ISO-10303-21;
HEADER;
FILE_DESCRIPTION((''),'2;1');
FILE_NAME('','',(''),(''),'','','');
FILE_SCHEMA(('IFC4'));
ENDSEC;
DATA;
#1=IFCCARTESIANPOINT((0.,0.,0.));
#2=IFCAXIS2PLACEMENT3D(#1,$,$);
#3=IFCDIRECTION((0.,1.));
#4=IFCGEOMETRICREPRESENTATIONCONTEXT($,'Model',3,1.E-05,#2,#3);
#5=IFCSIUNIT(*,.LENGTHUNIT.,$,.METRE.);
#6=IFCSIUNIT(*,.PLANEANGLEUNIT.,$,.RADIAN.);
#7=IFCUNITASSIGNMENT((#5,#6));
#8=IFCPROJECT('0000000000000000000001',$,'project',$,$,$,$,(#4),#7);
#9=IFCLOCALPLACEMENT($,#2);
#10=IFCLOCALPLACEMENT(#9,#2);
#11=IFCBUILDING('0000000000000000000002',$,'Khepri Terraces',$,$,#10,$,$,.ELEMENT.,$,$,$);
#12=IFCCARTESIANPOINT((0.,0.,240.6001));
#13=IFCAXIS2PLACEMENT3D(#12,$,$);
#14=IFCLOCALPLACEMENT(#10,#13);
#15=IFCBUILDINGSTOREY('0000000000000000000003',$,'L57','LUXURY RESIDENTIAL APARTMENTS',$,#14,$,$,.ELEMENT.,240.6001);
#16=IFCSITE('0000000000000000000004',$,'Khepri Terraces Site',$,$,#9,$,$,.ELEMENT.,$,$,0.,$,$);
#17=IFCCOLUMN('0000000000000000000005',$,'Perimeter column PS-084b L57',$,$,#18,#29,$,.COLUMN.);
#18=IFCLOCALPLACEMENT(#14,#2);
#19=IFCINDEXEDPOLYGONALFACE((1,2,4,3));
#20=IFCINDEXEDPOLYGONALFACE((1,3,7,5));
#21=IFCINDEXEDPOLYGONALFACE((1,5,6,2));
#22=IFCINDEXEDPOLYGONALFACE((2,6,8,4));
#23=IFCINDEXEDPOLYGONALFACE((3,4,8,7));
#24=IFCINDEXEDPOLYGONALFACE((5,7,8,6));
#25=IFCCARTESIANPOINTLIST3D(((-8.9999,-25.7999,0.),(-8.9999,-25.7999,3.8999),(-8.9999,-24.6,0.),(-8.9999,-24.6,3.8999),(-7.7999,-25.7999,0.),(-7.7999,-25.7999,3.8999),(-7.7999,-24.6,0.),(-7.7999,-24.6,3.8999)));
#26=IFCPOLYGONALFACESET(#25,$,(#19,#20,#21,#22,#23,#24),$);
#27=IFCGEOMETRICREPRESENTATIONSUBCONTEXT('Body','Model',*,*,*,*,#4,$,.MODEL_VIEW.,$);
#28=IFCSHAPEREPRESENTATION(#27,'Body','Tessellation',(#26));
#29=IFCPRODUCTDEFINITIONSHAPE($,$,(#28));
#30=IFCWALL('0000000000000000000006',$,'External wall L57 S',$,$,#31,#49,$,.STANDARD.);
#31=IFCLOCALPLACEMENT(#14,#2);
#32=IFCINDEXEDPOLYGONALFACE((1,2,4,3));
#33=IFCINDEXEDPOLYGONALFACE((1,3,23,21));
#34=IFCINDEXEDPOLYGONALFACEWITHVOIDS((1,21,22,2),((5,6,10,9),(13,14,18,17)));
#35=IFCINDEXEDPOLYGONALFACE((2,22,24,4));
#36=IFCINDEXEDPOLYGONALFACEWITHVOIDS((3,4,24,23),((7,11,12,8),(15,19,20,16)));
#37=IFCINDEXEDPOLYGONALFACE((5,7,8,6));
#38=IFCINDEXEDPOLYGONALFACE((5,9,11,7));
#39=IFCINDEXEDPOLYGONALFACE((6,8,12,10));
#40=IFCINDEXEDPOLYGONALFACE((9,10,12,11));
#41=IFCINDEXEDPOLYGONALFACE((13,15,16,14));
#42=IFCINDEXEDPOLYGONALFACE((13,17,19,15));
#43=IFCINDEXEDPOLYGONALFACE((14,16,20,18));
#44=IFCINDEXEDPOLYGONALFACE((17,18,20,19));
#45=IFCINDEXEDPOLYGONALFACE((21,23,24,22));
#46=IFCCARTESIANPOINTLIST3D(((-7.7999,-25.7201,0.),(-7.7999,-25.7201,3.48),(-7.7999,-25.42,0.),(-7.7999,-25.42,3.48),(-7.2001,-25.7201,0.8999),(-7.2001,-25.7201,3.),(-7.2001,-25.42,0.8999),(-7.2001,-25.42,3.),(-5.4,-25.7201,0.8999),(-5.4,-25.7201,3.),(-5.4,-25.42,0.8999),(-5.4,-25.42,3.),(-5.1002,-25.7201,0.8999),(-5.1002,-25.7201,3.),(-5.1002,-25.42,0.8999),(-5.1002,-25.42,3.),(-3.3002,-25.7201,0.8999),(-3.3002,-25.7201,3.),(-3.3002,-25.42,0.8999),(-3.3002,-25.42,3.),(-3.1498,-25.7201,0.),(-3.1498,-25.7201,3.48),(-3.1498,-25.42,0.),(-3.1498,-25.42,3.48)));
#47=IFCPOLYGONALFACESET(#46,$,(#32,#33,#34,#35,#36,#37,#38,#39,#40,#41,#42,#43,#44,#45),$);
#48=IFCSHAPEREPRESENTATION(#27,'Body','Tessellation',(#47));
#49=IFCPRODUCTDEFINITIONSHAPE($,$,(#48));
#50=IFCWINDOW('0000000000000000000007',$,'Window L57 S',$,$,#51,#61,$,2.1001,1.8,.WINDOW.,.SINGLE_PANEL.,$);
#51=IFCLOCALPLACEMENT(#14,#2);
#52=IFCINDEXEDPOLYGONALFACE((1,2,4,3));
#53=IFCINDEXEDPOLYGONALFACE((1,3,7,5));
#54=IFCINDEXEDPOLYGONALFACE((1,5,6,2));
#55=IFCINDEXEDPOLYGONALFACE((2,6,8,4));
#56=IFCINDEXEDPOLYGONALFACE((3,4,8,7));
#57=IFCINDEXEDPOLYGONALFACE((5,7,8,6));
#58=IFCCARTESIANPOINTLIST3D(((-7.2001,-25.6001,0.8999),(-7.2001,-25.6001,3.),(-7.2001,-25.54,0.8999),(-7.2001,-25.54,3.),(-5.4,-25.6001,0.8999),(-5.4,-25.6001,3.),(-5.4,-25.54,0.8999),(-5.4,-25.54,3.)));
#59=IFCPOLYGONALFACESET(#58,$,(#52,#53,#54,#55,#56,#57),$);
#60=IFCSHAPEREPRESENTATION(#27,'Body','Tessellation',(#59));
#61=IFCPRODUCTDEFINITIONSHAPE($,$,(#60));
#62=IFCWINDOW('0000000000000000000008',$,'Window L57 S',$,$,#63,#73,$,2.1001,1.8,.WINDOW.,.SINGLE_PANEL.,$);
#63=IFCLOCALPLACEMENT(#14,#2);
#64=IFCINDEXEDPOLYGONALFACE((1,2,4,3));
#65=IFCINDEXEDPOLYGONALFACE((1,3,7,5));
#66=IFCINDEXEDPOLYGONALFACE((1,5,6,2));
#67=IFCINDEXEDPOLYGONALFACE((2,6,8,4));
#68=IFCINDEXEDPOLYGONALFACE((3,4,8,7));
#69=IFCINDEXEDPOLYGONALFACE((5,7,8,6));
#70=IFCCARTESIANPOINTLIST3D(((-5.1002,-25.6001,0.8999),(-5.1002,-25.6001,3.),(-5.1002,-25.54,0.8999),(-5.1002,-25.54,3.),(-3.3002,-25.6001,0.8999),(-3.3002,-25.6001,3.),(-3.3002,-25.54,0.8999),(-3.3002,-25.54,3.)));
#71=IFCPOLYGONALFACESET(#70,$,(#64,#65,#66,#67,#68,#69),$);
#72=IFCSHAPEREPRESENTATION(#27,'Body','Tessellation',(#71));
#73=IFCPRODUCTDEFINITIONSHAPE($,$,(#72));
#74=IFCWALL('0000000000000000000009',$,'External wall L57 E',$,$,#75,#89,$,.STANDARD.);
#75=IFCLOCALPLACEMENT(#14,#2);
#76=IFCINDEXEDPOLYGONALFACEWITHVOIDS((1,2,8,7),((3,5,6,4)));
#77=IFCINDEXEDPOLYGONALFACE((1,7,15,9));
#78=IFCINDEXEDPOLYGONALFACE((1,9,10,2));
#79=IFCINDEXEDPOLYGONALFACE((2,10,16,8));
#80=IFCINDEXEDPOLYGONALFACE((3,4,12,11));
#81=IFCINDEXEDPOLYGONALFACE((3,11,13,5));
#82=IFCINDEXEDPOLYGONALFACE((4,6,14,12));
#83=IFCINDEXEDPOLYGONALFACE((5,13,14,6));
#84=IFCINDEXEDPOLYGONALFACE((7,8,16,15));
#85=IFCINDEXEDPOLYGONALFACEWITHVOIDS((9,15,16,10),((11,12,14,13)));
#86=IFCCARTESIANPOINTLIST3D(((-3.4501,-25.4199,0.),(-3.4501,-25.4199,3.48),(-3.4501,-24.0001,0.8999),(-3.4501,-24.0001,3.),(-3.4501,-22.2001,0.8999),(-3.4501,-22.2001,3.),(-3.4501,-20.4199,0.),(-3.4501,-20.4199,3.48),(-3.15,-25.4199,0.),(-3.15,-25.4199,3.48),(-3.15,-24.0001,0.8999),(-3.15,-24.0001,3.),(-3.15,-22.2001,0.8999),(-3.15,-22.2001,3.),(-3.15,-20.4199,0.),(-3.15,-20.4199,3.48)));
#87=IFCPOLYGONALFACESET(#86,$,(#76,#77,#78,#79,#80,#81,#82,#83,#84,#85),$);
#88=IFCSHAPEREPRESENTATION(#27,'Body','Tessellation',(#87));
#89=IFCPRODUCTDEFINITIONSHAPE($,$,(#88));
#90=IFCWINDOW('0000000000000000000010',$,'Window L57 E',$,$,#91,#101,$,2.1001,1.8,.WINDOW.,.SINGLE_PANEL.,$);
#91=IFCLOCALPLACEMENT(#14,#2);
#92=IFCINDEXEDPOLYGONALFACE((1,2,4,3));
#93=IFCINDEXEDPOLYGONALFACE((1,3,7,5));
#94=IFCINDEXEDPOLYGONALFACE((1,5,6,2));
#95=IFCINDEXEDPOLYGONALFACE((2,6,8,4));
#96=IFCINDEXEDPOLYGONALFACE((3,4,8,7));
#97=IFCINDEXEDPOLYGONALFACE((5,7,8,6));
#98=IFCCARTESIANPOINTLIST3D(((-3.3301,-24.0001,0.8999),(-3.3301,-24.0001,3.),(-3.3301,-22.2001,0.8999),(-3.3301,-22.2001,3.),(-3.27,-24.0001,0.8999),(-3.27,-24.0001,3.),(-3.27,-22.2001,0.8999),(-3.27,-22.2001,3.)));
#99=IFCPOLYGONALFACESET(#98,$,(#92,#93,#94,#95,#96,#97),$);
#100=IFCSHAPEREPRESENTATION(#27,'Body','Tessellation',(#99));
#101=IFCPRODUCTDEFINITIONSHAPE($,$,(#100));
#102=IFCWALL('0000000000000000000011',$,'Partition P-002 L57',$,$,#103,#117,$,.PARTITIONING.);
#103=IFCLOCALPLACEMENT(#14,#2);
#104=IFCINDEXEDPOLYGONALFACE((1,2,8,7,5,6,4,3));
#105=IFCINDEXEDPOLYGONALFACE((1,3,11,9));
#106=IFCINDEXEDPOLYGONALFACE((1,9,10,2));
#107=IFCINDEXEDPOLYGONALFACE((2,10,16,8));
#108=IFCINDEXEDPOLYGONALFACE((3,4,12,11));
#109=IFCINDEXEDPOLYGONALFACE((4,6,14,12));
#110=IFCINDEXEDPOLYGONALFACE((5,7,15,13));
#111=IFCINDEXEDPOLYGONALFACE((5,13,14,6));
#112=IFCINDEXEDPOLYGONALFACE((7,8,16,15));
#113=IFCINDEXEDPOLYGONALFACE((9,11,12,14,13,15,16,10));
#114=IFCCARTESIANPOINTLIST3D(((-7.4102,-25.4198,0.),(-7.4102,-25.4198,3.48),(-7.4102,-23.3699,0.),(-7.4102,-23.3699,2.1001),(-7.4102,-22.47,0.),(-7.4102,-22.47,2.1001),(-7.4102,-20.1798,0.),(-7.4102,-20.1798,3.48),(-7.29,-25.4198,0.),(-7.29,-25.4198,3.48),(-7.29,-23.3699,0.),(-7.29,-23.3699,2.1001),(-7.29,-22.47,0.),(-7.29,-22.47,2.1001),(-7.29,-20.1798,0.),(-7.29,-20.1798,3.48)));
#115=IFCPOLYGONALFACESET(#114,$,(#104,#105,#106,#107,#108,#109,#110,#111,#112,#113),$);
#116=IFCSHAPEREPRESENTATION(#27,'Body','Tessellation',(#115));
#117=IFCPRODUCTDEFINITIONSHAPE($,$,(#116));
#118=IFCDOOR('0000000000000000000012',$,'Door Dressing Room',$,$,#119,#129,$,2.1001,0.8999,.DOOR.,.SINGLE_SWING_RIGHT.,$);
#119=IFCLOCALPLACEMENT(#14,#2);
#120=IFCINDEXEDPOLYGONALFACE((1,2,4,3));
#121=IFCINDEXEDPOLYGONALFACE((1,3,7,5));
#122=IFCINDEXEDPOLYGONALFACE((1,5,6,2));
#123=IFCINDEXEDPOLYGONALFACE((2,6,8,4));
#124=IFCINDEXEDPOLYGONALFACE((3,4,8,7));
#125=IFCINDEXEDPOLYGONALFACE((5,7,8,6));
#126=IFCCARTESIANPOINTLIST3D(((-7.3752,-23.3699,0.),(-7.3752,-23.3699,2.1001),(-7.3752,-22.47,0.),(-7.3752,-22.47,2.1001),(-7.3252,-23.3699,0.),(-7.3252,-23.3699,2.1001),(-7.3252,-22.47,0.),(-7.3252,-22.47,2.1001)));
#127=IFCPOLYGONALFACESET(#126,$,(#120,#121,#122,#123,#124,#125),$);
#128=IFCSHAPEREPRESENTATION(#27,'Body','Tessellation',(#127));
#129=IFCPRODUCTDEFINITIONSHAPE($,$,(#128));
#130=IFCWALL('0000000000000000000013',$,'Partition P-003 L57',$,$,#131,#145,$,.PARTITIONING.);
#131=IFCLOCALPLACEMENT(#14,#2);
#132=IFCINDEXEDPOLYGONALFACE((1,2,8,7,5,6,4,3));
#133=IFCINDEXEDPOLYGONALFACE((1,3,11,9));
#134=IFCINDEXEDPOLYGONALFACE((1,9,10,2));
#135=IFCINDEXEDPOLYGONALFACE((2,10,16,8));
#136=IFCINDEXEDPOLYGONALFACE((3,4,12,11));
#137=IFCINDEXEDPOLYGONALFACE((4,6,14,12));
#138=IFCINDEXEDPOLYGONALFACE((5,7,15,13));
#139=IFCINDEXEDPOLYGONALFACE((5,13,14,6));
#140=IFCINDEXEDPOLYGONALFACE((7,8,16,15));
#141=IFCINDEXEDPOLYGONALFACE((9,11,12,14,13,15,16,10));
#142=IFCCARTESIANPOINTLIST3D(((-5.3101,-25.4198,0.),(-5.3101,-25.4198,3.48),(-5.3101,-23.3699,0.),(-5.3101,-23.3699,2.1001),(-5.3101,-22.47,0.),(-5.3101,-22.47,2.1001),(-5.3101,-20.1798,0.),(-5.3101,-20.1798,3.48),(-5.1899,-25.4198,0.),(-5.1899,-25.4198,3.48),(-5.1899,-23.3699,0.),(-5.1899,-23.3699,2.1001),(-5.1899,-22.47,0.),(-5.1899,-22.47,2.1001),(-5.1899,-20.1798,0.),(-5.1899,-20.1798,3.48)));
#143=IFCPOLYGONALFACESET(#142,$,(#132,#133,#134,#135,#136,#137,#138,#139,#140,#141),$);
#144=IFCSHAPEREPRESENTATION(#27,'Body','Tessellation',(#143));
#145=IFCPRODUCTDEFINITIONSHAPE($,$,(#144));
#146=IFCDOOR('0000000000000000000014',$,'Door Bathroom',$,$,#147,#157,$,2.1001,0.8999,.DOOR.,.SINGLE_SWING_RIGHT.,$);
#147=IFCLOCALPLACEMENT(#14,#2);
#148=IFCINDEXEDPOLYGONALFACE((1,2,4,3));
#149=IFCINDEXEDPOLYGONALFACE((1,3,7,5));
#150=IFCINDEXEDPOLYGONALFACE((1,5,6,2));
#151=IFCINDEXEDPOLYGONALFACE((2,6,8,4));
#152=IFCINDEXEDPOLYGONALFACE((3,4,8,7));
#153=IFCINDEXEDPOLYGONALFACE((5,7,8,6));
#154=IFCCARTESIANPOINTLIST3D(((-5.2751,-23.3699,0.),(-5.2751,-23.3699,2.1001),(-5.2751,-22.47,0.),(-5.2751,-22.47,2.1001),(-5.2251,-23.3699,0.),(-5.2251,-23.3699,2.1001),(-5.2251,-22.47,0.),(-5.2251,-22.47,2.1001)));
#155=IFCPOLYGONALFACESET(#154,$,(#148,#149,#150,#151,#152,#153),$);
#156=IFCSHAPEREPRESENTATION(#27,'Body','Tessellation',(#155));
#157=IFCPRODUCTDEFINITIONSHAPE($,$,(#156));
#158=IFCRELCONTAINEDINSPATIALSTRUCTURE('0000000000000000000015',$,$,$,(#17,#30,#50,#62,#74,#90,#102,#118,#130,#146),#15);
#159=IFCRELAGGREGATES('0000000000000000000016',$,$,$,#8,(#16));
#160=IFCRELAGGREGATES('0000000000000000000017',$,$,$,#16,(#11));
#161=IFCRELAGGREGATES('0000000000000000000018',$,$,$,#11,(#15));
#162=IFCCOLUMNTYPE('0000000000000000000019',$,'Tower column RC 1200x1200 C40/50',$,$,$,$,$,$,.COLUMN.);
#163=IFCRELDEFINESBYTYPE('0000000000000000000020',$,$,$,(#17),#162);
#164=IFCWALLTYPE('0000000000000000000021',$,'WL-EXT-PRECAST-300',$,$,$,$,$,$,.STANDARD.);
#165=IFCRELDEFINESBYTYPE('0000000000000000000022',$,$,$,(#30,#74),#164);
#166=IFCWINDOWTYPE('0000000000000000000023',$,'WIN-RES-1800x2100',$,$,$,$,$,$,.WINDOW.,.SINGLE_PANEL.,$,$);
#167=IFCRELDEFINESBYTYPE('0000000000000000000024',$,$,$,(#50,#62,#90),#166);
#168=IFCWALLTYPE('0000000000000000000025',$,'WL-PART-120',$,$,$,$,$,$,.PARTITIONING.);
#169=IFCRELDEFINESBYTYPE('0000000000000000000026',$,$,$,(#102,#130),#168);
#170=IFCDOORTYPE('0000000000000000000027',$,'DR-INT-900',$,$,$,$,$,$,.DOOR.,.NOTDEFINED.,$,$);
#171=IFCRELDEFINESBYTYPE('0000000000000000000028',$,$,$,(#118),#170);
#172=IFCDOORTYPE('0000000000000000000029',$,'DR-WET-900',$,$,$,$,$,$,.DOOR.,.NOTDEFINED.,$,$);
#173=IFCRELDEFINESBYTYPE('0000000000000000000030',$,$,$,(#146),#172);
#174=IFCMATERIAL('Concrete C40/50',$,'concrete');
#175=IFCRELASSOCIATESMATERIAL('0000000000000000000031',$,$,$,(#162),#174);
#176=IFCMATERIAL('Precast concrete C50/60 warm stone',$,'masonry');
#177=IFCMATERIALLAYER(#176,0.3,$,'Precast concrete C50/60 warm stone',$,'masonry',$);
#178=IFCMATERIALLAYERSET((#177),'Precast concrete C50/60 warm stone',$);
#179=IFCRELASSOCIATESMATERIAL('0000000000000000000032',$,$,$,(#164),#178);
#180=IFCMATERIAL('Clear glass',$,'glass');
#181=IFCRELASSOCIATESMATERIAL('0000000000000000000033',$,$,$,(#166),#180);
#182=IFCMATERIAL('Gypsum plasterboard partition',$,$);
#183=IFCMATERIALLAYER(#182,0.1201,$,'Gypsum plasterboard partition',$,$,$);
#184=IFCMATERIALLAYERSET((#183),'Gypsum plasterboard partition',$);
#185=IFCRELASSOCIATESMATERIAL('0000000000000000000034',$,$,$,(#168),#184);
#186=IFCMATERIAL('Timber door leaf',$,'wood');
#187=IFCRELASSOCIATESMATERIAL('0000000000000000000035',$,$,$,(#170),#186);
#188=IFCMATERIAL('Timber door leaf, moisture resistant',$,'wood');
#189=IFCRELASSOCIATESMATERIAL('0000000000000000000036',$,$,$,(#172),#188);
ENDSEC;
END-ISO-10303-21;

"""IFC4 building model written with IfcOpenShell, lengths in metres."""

from ifc_helpers import new_model, si_unit, direction, frame, frame_2d, origin, origin_2d, place, context, subcontext, project, spatial, rectangle, extrude, material, layer, layer_set, material_profile, profile_set, type_object, element, fill, save


model = new_model("IFC4")

# Units and contexts
model_context = context("Model", 3, precision=1e-05, world=origin(), true_north=direction((0.0, 1.0)))
body_context = subcontext(model_context, "Body", "Model", "MODEL_VIEW")
ifc_project = project(units=[si_unit("LENGTHUNIT", "METRE"), si_unit("PLANEANGLEUNIT", "RADIAN")], contexts=[model_context])

# Site, building, storey
site_placement = place(None, origin())
site = spatial("IfcSite", under=ifc_project, at=site_placement, Name="Khepri Terraces Site", CompositionType="ELEMENT", RefElevation=0.0)
building_placement = place(site_placement, origin())
building = spatial("IfcBuilding", under=site, at=building_placement, Name="Khepri Terraces", CompositionType="ELEMENT")
storey_placement = place(building_placement, frame((0.0, 0.0, 240.6001)))
storey = spatial("IfcBuildingStorey", under=building, at=storey_placement, Name="L57", Description="LUXURY RESIDENTIAL APARTMENTS", CompositionType="ELEMENT", Elevation=240.6001)

# Column
ifc_material_1 = material(Name="Concrete C40/50", Category="concrete")
ifc_material_profile = material_profile(ifc_material_1, rectangle(XDim=1.2, YDim=1.2, at=origin_2d()), Name="Concrete C40/50", Category="concrete")
ifc_profile_set = profile_set([ifc_material_profile], Name="Concrete C40/50")
column_type = type_object("IfcColumnType", Name="Tower column RC 1200x1200 C40/50", PredefinedType="COLUMN", material=ifc_profile_set)
column_placement = place(storey_placement, frame((-8.3999, -25.2, 0.0), z_axis=(0.0, 0.0, 1.0), x_axis=(1.0, 0.0, 0.0)))
element("IfcColumn", 1, at=column_placement, inside=storey, type_object=column_type, Name="Perimeter column PS-084b L57", PredefinedType="COLUMN", context=body_context, shape_type="SweptSolid", body=[
    extrude(rectangle(XDim=1.2, YDim=1.2, at=origin_2d()), origin(), (0.0, 0.0, 1.0), 3.8999),
])

# Wall, openings, windows
ifc_material_2 = material(Name="Precast concrete C50/60 warm stone", Category="masonry")
ifc_layer_1 = layer(ifc_material_2, 0.3, Name="Precast concrete C50/60 warm stone", Category="masonry")
ifc_layer_set_1 = layer_set([ifc_layer_1], Name="Precast concrete C50/60 warm stone")
wall_type_1 = type_object("IfcWallType", Name="WL-EXT-PRECAST-300", PredefinedType="STANDARD", material=ifc_layer_set_1)
wall_1_placement = place(storey_placement, frame((-7.8, -25.5701, 0.0), z_axis=(0.0, 0.0, 1.0), x_axis=(1.0, 0.0, 0.0)))
wall_1 = element("IfcWall", 2, at=wall_1_placement, inside=storey, type_object=wall_type_1, Name="External wall L57 S", PredefinedType="STANDARD", context=body_context, shape_type="SweptSolid", body=[
    extrude(rectangle(XDim=4.6501, YDim=0.3, at=frame_2d((2.3252, 0.0))), origin(), (0.0, 0.0, 1.0), 3.48),
])
opening_1_placement = place(wall_1_placement, frame((0.6001, 0.0, 0.8999)))
opening_1 = element("IfcOpeningElement", 3, at=opening_1_placement, cuts=wall_1, PredefinedType="OPENING", context=body_context, shape_type="SweptSolid", body=[
    extrude(rectangle(XDim=1.8, YDim=2.1001, at=frame_2d((0.8999, 1.05))), frame((0.0, 0.1602, 0.0), z_axis=(0.0, -1.0, 0.0), x_axis=(1.0, 0.0, 0.0)), (0.0, 0.0, 1.0), 0.3201),
])
opening_2_placement = place(wall_1_placement, frame((2.7, 0.0, 0.8999)))
opening_2 = element("IfcOpeningElement", 4, at=opening_2_placement, cuts=wall_1, PredefinedType="OPENING", context=body_context, shape_type="SweptSolid", body=[
    extrude(rectangle(XDim=1.8, YDim=2.1001, at=frame_2d((0.8999, 1.05))), frame((0.0, 0.1602, 0.0), z_axis=(0.0, -1.0, 0.0), x_axis=(1.0, 0.0, 0.0)), (0.0, 0.0, 1.0), 0.3201),
])
ifc_material_3 = material(Name="Clear glass", Category="glass")
window_type = type_object("IfcWindowType", Name="WIN-RES-1800x2100", PartitioningType="SINGLE_PANEL", PredefinedType="WINDOW", material=ifc_material_3)
window_1_placement = place(opening_1_placement, origin())
window_1 = element("IfcWindow", 5, at=window_1_placement, inside=storey, type_object=window_type, Name="Window L57 S", OverallHeight=2.1001, OverallWidth=1.8, PartitioningType="SINGLE_PANEL", PredefinedType="WINDOW", context=body_context, shape_type="SweptSolid", body=[
    extrude(rectangle(XDim=1.8, YDim=2.1001, at=frame_2d((0.8999, 1.05))), frame((0.0, 0.03, 0.0), z_axis=(0.0, -1.0, 0.0), x_axis=(1.0, 0.0, 0.0)), (0.0, 0.0, 1.0), 0.0601),
])
fill(opening_1, window_1)
window_2_placement = place(opening_2_placement, origin())
window_2 = element("IfcWindow", 6, at=window_2_placement, inside=storey, type_object=window_type, Name="Window L57 S", OverallHeight=2.1001, OverallWidth=1.8, PartitioningType="SINGLE_PANEL", PredefinedType="WINDOW", context=body_context, shape_type="SweptSolid", body=[
    extrude(rectangle(XDim=1.8, YDim=2.1001, at=frame_2d((0.8999, 1.05))), frame((0.0, 0.03, 0.0), z_axis=(0.0, -1.0, 0.0), x_axis=(1.0, 0.0, 0.0)), (0.0, 0.0, 1.0), 0.0601),
])
fill(opening_2, window_2)

# Wall, opening, window
wall_2_placement = place(storey_placement, frame((-3.3, -25.4199, 0.0), z_axis=(0.0, 0.0, 1.0), x_axis=(0.0, 1.0, 0.0)))
wall_2 = element("IfcWall", 7, at=wall_2_placement, inside=storey, type_object=wall_type_1, Name="External wall L57 E", PredefinedType="STANDARD", context=body_context, shape_type="SweptSolid", body=[
    extrude(rectangle(XDim=5.0, YDim=0.3, at=frame_2d((2.5, 0.0))), origin(), (0.0, 0.0, 1.0), 3.48),
])
opening_3_placement = place(wall_2_placement, frame((1.4199, 0.0, 0.8999)))
opening_3 = element("IfcOpeningElement", 8, at=opening_3_placement, cuts=wall_2, PredefinedType="OPENING", context=body_context, shape_type="SweptSolid", body=[
    extrude(rectangle(XDim=1.8, YDim=2.1001, at=frame_2d((0.8999, 1.05))), frame((0.0, 0.1602, 0.0), z_axis=(0.0, -1.0, 0.0), x_axis=(1.0, 0.0, 0.0)), (0.0, 0.0, 1.0), 0.3201),
])
window_3_placement = place(opening_3_placement, origin())
window_3 = element("IfcWindow", 9, at=window_3_placement, inside=storey, type_object=window_type, Name="Window L57 E", OverallHeight=2.1001, OverallWidth=1.8, PartitioningType="SINGLE_PANEL", PredefinedType="WINDOW", context=body_context, shape_type="SweptSolid", body=[
    extrude(rectangle(XDim=1.8, YDim=2.1001, at=frame_2d((0.8999, 1.05))), frame((0.0, 0.03, 0.0), z_axis=(0.0, -1.0, 0.0), x_axis=(1.0, 0.0, 0.0)), (0.0, 0.0, 1.0), 0.0601),
])
fill(opening_3, window_3)

# Walls, openings, doors
ifc_material_4 = material(Name="Gypsum plasterboard partition")
ifc_layer_2 = layer(ifc_material_4, 0.1201, Name="Gypsum plasterboard partition")
ifc_layer_set_2 = layer_set([ifc_layer_2], Name="Gypsum plasterboard partition")
wall_type_2 = type_object("IfcWallType", Name="WL-PART-120", PredefinedType="PARTITIONING", material=ifc_layer_set_2)
wall_3_placement = place(storey_placement, frame((-7.3501, -25.4199, 0.0), z_axis=(0.0, 0.0, 1.0), x_axis=(0.0, 1.0, 0.0)))
wall_3 = element("IfcWall", 10, at=wall_3_placement, inside=storey, type_object=wall_type_2, Name="Partition P-002 L57", PredefinedType="PARTITIONING", context=body_context, shape_type="SweptSolid", body=[
    extrude(rectangle(XDim=5.24, YDim=0.1201, at=frame_2d((2.6201, 0.0))), origin(), (0.0, 0.0, 1.0), 3.48),
])
opening_4_placement = place(wall_3_placement, frame((2.05, 0.0, 0.0)))
opening_4 = element("IfcOpeningElement", 11, at=opening_4_placement, cuts=wall_3, PredefinedType="OPENING", context=body_context, shape_type="SweptSolid", body=[
    extrude(rectangle(XDim=0.8999, YDim=2.1001, at=frame_2d((0.45, 1.05))), frame((0.0, 0.0701, 0.0), z_axis=(0.0, -1.0, 0.0), x_axis=(1.0, 0.0, 0.0)), (0.0, 0.0, 1.0), 0.1401),
])
ifc_material_5 = material(Name="Timber door leaf", Category="wood")
door_type_1 = type_object("IfcDoorType", Name="DR-INT-900", OperationType="NOTDEFINED", PredefinedType="DOOR", material=ifc_material_5)
door_1_placement = place(opening_4_placement, frame((0.8999, 0.0, 0.0), z_axis=(0.0, 0.0, 1.0), x_axis=(-1.0, 0.0, 0.0)))
door_1 = element("IfcDoor", 12, at=door_1_placement, inside=storey, type_object=door_type_1, Name="Door Dressing Room", OperationType="SINGLE_SWING_RIGHT", OverallHeight=2.1001, OverallWidth=0.8999, PredefinedType="DOOR", context=body_context, shape_type="SweptSolid", body=[
    extrude(rectangle(XDim=0.8999, YDim=2.1001, at=frame_2d((0.45, 1.05))), frame((0.0, 0.0249, 0.0), z_axis=(0.0, -1.0, 0.0), x_axis=(1.0, 0.0, 0.0)), (0.0, 0.0, 1.0), 0.05),
])
fill(opening_4, door_1)
wall_4_placement = place(storey_placement, frame((-5.25, -25.4199, 0.0), z_axis=(0.0, 0.0, 1.0), x_axis=(0.0, 1.0, 0.0)))
wall_4 = element("IfcWall", 13, at=wall_4_placement, inside=storey, type_object=wall_type_2, Name="Partition P-003 L57", PredefinedType="PARTITIONING", context=body_context, shape_type="SweptSolid", body=[
    extrude(rectangle(XDim=5.24, YDim=0.1201, at=frame_2d((2.6201, 0.0))), origin(), (0.0, 0.0, 1.0), 3.48),
])
opening_5_placement = place(wall_4_placement, frame((2.05, 0.0, 0.0)))
opening_5 = element("IfcOpeningElement", 14, at=opening_5_placement, cuts=wall_4, PredefinedType="OPENING", context=body_context, shape_type="SweptSolid", body=[
    extrude(rectangle(XDim=0.8999, YDim=2.1001, at=frame_2d((0.45, 1.05))), frame((0.0, 0.0701, 0.0), z_axis=(0.0, -1.0, 0.0), x_axis=(1.0, 0.0, 0.0)), (0.0, 0.0, 1.0), 0.1401),
])
ifc_material_6 = material(Name="Timber door leaf, moisture resistant", Category="wood")
door_type_2 = type_object("IfcDoorType", Name="DR-WET-900", OperationType="NOTDEFINED", PredefinedType="DOOR", material=ifc_material_6)
door_2_placement = place(opening_5_placement, frame((0.8999, 0.0, 0.0), z_axis=(0.0, 0.0, 1.0), x_axis=(-1.0, 0.0, 0.0)))
door_2 = element("IfcDoor", 15, at=door_2_placement, inside=storey, type_object=door_type_2, Name="Door Bathroom", OperationType="SINGLE_SWING_RIGHT", OverallHeight=2.1001, OverallWidth=0.8999, PredefinedType="DOOR", context=body_context, shape_type="SweptSolid", body=[
    extrude(rectangle(XDim=0.8999, YDim=2.1001, at=frame_2d((0.45, 1.05))), frame((0.0, 0.0249, 0.0), z_axis=(0.0, -1.0, 0.0), x_axis=(1.0, 0.0, 0.0)), (0.0, 0.0, 1.0), 0.05),
])
fill(opening_5, door_2)

save(model, "model.ifc")
